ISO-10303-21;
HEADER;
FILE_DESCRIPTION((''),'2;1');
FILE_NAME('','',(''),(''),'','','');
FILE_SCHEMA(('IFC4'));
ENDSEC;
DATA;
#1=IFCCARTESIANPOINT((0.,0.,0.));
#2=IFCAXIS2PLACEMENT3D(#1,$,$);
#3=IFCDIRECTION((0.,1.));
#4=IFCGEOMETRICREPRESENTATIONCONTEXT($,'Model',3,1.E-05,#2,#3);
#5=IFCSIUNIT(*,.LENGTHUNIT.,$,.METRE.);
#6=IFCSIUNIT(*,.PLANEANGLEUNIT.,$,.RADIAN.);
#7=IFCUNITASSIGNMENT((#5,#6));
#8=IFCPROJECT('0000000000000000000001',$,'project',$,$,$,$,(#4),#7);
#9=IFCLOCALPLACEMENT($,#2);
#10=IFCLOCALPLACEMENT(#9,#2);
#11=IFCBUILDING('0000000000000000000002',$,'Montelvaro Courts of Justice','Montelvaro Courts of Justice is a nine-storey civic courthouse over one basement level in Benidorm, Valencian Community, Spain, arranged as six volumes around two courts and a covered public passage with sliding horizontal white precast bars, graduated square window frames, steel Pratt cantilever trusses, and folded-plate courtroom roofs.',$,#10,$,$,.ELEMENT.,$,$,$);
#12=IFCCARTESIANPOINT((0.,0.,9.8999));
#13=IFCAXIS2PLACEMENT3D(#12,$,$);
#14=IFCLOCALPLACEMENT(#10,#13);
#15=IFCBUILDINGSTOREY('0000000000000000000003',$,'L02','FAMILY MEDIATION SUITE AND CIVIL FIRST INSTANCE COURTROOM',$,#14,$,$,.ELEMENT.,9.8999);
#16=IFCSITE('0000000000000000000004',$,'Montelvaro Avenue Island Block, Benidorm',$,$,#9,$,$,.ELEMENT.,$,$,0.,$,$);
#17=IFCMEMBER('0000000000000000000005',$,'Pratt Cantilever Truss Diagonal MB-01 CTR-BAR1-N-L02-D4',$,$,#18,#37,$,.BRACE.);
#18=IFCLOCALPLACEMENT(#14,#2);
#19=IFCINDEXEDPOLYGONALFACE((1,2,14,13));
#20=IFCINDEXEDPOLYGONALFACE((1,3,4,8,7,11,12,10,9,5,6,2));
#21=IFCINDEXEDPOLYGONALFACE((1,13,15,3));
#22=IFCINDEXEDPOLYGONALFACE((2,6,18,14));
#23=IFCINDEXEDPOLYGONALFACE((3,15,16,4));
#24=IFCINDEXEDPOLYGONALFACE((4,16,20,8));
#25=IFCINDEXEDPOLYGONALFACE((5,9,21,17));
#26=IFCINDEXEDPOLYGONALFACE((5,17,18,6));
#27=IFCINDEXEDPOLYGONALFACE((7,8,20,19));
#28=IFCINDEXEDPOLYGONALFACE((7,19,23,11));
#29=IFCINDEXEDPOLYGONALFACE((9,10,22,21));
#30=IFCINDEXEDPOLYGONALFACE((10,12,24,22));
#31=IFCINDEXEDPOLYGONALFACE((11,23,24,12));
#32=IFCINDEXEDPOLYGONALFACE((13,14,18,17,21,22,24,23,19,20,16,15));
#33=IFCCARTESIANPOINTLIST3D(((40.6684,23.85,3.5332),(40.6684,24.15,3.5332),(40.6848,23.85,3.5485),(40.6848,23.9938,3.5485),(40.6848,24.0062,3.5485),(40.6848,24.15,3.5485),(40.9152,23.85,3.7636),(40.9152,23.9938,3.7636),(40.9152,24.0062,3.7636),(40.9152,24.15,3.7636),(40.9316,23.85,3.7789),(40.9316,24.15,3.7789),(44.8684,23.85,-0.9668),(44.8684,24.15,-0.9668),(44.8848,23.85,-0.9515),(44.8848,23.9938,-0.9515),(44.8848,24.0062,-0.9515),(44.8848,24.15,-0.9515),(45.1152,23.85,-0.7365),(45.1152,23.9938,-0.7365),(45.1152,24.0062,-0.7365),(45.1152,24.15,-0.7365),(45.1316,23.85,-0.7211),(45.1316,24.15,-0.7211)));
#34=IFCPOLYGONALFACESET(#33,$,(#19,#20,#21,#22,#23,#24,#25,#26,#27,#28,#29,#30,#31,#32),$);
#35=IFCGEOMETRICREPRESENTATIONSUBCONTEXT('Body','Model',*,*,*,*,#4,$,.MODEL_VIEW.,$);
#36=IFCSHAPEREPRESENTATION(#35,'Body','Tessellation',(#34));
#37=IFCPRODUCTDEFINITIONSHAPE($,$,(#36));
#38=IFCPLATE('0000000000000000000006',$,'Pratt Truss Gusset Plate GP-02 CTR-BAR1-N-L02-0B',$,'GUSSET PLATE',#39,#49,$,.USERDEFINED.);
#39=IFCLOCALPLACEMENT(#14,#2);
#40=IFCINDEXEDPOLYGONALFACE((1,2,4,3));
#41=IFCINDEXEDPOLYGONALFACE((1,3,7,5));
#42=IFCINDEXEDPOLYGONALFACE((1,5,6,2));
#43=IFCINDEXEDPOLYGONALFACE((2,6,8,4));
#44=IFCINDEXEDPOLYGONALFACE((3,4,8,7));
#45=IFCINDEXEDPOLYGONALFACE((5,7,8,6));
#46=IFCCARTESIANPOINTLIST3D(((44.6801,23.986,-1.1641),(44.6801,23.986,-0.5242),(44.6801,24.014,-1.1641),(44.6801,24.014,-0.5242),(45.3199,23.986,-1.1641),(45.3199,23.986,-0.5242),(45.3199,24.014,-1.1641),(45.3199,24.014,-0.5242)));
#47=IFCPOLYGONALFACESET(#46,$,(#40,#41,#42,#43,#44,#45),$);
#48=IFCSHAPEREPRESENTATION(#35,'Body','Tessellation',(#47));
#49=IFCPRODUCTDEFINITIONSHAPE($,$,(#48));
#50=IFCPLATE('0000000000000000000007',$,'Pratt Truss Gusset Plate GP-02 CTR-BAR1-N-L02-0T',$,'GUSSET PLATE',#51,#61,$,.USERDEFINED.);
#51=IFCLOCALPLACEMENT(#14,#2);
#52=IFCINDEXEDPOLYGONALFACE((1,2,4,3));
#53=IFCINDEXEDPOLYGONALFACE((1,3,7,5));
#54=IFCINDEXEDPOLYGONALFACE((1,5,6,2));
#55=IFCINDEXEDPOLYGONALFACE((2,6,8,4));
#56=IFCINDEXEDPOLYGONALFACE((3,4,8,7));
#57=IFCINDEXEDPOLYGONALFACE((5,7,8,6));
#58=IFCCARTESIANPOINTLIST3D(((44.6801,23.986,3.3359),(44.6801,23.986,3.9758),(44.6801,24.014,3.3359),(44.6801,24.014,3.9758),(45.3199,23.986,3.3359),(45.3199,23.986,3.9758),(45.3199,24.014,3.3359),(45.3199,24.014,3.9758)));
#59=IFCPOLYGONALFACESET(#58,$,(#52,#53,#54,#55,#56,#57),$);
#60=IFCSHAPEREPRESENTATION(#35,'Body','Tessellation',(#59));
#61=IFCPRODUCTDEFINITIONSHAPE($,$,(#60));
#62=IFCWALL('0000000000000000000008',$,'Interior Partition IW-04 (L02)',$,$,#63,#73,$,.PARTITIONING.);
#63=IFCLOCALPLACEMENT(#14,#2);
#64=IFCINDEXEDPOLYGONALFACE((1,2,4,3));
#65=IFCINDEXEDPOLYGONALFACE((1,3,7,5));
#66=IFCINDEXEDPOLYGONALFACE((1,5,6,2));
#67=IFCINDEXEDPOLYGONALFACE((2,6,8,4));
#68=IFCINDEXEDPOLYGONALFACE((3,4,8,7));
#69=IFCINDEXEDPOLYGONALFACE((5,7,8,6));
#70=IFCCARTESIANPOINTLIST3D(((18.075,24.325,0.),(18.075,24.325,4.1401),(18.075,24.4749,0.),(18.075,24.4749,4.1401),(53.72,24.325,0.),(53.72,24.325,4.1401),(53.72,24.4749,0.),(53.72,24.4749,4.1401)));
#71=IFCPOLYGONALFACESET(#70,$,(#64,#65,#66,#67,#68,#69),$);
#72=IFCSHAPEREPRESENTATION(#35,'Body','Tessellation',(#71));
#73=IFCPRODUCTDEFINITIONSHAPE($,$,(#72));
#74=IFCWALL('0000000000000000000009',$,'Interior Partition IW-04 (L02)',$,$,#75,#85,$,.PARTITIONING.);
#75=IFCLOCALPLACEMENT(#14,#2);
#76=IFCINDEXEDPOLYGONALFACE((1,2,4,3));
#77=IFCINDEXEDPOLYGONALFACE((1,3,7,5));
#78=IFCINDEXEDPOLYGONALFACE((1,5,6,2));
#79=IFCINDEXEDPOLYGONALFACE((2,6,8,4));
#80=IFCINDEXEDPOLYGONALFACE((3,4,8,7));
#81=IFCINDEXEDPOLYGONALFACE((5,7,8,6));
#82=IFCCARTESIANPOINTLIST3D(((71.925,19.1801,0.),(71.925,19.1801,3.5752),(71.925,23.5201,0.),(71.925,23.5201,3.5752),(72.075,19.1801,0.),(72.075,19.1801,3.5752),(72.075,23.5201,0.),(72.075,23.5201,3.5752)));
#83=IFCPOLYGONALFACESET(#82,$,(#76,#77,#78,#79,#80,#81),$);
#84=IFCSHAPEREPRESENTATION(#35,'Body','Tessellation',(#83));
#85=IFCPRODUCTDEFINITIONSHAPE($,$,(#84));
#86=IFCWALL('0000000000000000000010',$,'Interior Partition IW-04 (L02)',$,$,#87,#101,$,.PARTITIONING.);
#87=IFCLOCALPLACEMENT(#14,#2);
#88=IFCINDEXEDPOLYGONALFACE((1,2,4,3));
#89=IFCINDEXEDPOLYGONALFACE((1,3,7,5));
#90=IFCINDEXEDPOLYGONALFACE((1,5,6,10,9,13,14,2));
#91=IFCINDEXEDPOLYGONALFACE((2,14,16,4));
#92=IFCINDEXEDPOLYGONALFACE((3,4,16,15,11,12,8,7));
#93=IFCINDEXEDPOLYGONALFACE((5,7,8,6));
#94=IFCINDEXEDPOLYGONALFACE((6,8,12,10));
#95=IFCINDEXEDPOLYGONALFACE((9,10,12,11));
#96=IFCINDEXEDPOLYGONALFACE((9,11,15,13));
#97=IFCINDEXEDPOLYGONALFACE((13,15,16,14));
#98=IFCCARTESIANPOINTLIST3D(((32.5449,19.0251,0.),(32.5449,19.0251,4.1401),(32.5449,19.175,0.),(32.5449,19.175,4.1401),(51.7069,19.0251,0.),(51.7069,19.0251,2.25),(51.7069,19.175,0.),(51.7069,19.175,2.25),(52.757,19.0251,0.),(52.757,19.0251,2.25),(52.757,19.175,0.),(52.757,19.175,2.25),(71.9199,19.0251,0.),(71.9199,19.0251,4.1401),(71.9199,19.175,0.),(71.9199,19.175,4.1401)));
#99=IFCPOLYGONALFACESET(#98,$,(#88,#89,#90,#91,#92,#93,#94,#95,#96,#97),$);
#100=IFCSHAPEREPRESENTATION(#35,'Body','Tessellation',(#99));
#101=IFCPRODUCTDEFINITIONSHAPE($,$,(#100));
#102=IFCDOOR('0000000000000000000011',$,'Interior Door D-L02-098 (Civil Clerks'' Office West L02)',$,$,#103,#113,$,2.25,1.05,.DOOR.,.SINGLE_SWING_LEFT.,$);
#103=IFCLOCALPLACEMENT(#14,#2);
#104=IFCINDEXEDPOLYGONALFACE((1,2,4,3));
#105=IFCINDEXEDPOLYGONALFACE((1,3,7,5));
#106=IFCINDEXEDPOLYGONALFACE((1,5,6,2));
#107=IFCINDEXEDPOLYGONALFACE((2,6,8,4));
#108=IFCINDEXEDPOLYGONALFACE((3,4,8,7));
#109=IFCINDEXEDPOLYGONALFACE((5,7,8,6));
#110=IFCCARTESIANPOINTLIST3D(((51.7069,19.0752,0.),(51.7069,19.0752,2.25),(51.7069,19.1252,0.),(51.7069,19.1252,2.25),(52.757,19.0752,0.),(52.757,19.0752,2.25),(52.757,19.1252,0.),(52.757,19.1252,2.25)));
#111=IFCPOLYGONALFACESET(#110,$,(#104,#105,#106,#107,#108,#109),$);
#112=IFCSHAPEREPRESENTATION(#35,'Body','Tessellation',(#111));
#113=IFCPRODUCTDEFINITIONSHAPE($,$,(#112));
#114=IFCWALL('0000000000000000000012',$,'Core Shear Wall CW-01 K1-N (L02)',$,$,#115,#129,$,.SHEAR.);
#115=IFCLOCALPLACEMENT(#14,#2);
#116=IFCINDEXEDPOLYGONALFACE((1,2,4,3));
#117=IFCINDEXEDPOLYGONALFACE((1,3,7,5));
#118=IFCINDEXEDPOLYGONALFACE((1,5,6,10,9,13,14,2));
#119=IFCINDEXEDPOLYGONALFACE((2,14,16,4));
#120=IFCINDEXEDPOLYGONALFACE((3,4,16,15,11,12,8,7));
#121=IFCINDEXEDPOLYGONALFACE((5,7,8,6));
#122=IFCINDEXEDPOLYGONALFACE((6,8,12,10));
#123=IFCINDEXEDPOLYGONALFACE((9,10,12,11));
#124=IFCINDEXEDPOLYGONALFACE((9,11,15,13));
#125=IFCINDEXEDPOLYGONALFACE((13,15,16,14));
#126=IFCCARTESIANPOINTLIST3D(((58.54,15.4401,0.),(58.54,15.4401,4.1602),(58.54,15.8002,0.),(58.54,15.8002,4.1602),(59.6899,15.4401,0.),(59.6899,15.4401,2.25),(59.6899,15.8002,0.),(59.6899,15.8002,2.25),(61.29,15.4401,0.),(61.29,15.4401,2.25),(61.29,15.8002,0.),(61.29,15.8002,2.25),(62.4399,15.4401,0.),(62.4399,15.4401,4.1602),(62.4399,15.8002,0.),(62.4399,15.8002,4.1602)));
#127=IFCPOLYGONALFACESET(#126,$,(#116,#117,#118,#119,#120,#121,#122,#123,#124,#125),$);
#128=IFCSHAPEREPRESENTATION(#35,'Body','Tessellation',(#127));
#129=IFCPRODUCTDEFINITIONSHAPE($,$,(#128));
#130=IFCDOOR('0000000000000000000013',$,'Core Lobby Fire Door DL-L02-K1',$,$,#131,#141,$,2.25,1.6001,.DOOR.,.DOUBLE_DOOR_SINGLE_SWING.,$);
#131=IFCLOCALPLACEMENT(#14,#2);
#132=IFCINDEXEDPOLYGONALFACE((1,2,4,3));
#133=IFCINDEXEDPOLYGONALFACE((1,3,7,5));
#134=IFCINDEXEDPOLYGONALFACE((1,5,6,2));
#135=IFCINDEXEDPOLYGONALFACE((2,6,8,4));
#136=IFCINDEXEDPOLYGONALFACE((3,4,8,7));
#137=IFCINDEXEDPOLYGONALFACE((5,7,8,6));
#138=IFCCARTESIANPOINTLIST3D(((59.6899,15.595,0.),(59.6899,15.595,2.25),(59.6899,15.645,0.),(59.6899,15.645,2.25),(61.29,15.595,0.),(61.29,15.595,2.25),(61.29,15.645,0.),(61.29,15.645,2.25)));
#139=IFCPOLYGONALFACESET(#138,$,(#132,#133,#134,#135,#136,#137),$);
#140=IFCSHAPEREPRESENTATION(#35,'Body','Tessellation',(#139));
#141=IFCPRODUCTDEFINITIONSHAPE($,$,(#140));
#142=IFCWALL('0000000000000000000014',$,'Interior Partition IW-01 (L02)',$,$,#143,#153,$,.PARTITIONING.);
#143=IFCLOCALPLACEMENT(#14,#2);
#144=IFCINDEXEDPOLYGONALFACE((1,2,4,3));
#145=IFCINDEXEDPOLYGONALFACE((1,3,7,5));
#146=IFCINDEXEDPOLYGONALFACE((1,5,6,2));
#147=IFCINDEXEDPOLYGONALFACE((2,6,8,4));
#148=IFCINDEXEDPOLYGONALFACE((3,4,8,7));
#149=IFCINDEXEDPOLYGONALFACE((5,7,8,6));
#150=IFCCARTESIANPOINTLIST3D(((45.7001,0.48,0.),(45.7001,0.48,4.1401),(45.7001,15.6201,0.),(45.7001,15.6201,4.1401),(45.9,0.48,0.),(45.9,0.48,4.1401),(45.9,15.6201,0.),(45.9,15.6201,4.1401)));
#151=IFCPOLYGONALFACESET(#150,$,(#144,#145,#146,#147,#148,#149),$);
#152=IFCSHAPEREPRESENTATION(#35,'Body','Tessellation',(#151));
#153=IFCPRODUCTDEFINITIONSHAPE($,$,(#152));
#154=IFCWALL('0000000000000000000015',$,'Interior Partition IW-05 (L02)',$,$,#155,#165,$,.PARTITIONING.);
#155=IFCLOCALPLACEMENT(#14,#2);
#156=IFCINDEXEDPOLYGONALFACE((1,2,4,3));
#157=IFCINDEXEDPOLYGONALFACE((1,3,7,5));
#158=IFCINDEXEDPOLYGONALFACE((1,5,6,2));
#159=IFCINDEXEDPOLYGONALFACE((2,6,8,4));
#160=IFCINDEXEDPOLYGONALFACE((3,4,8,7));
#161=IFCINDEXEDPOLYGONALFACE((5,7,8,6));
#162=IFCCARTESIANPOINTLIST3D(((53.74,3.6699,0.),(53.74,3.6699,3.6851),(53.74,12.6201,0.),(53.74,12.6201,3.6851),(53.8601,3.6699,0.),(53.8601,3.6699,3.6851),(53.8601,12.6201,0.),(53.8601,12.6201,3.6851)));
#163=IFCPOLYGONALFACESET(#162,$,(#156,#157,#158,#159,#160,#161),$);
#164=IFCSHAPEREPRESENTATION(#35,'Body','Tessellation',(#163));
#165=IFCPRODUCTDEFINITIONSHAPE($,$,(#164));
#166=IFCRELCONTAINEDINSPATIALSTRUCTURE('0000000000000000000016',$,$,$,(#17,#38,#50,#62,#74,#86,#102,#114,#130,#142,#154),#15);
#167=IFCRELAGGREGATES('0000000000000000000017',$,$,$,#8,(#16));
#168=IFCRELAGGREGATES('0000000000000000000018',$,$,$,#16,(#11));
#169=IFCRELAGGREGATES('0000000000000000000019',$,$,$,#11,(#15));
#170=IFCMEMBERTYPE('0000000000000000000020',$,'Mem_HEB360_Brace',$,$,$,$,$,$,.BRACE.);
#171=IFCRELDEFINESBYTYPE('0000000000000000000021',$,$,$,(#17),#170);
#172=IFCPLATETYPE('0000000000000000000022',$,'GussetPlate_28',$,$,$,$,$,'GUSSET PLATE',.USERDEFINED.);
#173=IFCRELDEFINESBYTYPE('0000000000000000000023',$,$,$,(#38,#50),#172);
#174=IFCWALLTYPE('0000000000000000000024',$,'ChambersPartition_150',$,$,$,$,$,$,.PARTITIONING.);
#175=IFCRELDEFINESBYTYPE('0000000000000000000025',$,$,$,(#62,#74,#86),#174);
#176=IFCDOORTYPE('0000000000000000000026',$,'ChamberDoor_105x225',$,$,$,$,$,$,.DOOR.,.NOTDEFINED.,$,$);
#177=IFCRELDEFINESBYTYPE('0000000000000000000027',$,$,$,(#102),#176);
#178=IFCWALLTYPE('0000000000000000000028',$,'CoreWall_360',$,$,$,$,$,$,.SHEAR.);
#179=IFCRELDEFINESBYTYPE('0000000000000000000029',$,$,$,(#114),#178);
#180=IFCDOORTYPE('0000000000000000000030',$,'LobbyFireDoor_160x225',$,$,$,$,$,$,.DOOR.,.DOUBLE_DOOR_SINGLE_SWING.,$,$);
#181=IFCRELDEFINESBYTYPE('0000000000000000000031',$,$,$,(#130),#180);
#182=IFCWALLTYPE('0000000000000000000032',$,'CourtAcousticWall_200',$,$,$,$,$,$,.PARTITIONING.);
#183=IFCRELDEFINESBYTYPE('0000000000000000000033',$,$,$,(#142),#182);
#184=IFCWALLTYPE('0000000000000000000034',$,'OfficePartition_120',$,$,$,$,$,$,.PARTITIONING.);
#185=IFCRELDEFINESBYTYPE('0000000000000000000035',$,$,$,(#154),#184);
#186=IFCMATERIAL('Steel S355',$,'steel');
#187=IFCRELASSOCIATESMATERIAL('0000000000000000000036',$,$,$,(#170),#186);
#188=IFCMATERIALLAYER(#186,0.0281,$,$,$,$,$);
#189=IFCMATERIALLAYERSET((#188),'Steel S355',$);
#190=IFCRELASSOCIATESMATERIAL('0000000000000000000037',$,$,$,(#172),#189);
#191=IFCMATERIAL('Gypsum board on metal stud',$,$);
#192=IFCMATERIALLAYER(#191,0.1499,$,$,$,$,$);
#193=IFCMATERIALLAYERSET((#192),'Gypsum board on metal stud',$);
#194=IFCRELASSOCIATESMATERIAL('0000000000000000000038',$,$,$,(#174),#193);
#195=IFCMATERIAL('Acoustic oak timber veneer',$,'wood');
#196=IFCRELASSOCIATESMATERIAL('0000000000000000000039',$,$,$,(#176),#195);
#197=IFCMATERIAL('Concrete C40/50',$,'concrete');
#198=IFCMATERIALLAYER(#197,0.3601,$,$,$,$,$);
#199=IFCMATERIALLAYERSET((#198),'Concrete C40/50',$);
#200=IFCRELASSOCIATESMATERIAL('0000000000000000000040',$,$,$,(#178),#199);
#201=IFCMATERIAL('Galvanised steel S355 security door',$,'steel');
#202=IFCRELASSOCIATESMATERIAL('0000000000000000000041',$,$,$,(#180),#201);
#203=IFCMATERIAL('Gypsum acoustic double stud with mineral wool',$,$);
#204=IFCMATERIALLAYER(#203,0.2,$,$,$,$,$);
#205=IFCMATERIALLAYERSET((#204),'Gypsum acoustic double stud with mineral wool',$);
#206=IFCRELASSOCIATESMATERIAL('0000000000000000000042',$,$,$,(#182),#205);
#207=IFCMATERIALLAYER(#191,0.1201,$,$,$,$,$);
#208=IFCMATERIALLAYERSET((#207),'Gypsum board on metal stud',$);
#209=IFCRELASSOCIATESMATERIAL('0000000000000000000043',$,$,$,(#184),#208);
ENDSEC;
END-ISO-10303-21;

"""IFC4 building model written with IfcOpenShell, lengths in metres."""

from ifc_helpers import new_model, si_unit, direction, frame, frame_2d, origin, origin_2d, place, context, subcontext, project, spatial, rectangle, i_section, extrude, material, layer, layer_set, material_profile, profile_set, type_object, element, fill, save


model = new_model("IFC4")

# Units and contexts
model_context = context("Model", 3, precision=1e-05, world=origin(), true_north=direction((0.0, 1.0)))
body_context = subcontext(model_context, "Body", "Model", "MODEL_VIEW")
ifc_project = project(units=[si_unit("LENGTHUNIT", "METRE"), si_unit("PLANEANGLEUNIT", "RADIAN")], contexts=[model_context])

# Site, building, storey
site_placement = place(None, origin())
site = spatial("IfcSite", under=ifc_project, at=site_placement, Name="Montelvaro Avenue Island Block, Benidorm", CompositionType="ELEMENT", RefElevation=0.0)
building_placement = place(site_placement, origin())
building = spatial("IfcBuilding", under=site, at=building_placement, Name="Montelvaro Courts of Justice", Description="Montelvaro Courts of Justice is a nine-storey civic courthouse over one basement level in Benidorm, Valencian Community, Spain, arranged as six volumes around two courts and a covered public passage with sliding horizontal white precast bars, graduated square window frames, steel Pratt cantilever trusses, and folded-plate courtroom roofs.", CompositionType="ELEMENT")
storey_placement = place(building_placement, frame((0.0, 0.0, 9.8999)))
storey = spatial("IfcBuildingStorey", under=building, at=storey_placement, Name="L02", Description="FAMILY MEDIATION SUITE AND CIVIL FIRST INSTANCE COURTROOM", CompositionType="ELEMENT", Elevation=9.8999)

# Shared definitions
ifc_material_1 = material(Name="Steel S355", Category="steel")

# Member
ifc_material_profile_1 = material_profile(ifc_material_1, i_section(OverallWidth=0.3, OverallDepth=0.3601, WebThickness=0.0125, FlangeThickness=0.0225, at=origin_2d()), Name="HEB 360")
ifc_profile_set_1 = profile_set([ifc_material_profile_1], Name="Steel S355")
member_type = type_object("IfcMemberType", Name="Mem_HEB360_Brace", PredefinedType="BRACE", material=ifc_profile_set_1)
member_placement = place(storey_placement, frame((45.0, 24.0, -0.844), z_axis=(-0.682314, 0.0, 0.731059), x_axis=(0.0, -1.0, 0.0)))
element("IfcMember", 1, at=member_placement, inside=storey, type_object=member_type, Name="Pratt Cantilever Truss Diagonal MB-01 CTR-BAR1-N-L02-D4", PredefinedType="BRACE", context=body_context, shape_type="SweptSolid", body=[
    extrude(i_section(OverallWidth=0.3, OverallDepth=0.3601, WebThickness=0.0125, FlangeThickness=0.0225, at=origin_2d()), origin(), (0.0, 0.0, 1.0), 6.1555),
])

# Plates
ifc_layer_1 = layer(ifc_material_1, 0.0281)
ifc_layer_set_1 = layer_set([ifc_layer_1], Name="Steel S355")
plate_type = type_object("IfcPlateType", Name="GussetPlate_28", ElementType="GUSSET PLATE", PredefinedType="USERDEFINED", material=ifc_layer_set_1)
for number, where, z_axis, x_axis, name in (
    (2, (45.0, 24.0, -1.1641), (0.0, 0.0, 1.0), (1.0, 0.0, 0.0), "Pratt Truss Gusset Plate GP-02 CTR-BAR1-N-L02-0B"),
    (3, (45.0, 24.0, 3.3359), (0.0, 0.0, 1.0), (1.0, 0.0, 0.0), "Pratt Truss Gusset Plate GP-02 CTR-BAR1-N-L02-0T"),
):
    element("IfcPlate", number, at=place(storey_placement, frame(where, z_axis=z_axis, x_axis=x_axis)), inside=storey, type_object=plate_type, Name=name, ObjectType="GUSSET PLATE", PredefinedType="USERDEFINED", context=body_context, shape_type="SweptSolid", body=[
        extrude(rectangle(XDim=0.6399, YDim=0.0281, at=origin_2d()), origin(), (0.0, 0.0, 1.0), 0.6399),
    ])

# Walls
ifc_material_2 = material(Name="Gypsum board on metal stud")
ifc_layer_2 = layer(ifc_material_2, 0.1499)
ifc_layer_set_2 = layer_set([ifc_layer_2], Name="Gypsum board on metal stud")
wall_type_1 = type_object("IfcWallType", Name="ChambersPartition_150", PredefinedType="PARTITIONING", material=ifc_layer_set_2)
wall_1_placement = place(storey_placement, frame((53.72, 24.3999, 0.0), z_axis=(0.0, 0.0, 1.0), x_axis=(-1.0, 0.0, 0.0)))
element("IfcWall", 4, at=wall_1_placement, inside=storey, type_object=wall_type_1, Name="Interior Partition IW-04 (L02)", PredefinedType="PARTITIONING", context=body_context, shape_type="SweptSolid", body=[
    extrude(rectangle(XDim=35.645, YDim=0.1499, at=frame_2d((17.8225, 0.0))), origin(), (0.0, 0.0, 1.0), 4.1401),
])
wall_2_placement = place(storey_placement, frame((72.0, 23.52, 0.0), z_axis=(0.0, 0.0, 1.0), x_axis=(0.0, -1.0, 0.0)))
element("IfcWall", 5, at=wall_2_placement, inside=storey, type_object=wall_type_1, Name="Interior Partition IW-04 (L02)", PredefinedType="PARTITIONING", context=body_context, shape_type="SweptSolid", body=[
    extrude(rectangle(XDim=4.3401, YDim=0.1499, at=frame_2d((2.1699, 0.0))), origin(), (0.0, 0.0, 1.0), 3.5752),
])

# Walls, openings, doors
wall_3_placement = place(storey_placement, frame((71.9199, 19.1001, 0.0), z_axis=(0.0, 0.0, 1.0), x_axis=(-1.0, 0.0, 0.0)))
wall_3 = element("IfcWall", 6, at=wall_3_placement, inside=storey, type_object=wall_type_1, Name="Interior Partition IW-04 (L02)", PredefinedType="PARTITIONING", context=body_context, shape_type="SweptSolid", body=[
    extrude(rectangle(XDim=39.375, YDim=0.1499, at=frame_2d((19.6875, 0.0))), origin(), (0.0, 0.0, 1.0), 4.1401),
])
opening_1_placement = place(wall_3_placement, frame((19.1631, 0.0, 0.0)))
opening_1 = element("IfcOpeningElement", 7, at=opening_1_placement, cuts=wall_3, PredefinedType="OPENING", context=body_context, shape_type="SweptSolid", body=[
    extrude(rectangle(XDim=1.05, YDim=2.25, at=frame_2d((0.5249, 1.125))), frame((0.0, 0.0898, 0.0), z_axis=(0.0, -1.0, 0.0), x_axis=(1.0, 0.0, 0.0)), (0.0, 0.0, 1.0), 0.1797),
])
ifc_material_3 = material(Name="Acoustic oak timber veneer", Category="wood")
door_type_1 = type_object("IfcDoorType", Name="ChamberDoor_105x225", OperationType="NOTDEFINED", PredefinedType="DOOR", material=ifc_material_3)
door_1_placement = place(opening_1_placement, origin())
door_1 = element("IfcDoor", 8, at=door_1_placement, inside=storey, type_object=door_type_1, Name="Interior Door D-L02-098 (Civil Clerks' Office West L02)", OperationType="SINGLE_SWING_LEFT", OverallHeight=2.25, OverallWidth=1.05, PredefinedType="DOOR", context=body_context, shape_type="SweptSolid", body=[
    extrude(rectangle(XDim=1.05, YDim=2.25, at=frame_2d((0.5249, 1.125))), frame((0.0, 0.0249, 0.0), z_axis=(0.0, -1.0, 0.0), x_axis=(1.0, 0.0, 0.0)), (0.0, 0.0, 1.0), 0.05),
])
fill(opening_1, door_1)
ifc_material_4 = material(Name="Concrete C40/50", Category="concrete")
ifc_layer_3 = layer(ifc_material_4, 0.3601)
ifc_layer_set_3 = layer_set([ifc_layer_3], Name="Concrete C40/50")
wall_type_2 = type_object("IfcWallType", Name="CoreWall_360", PredefinedType="SHEAR", material=ifc_layer_set_3)
wall_4_placement = place(storey_placement, frame((58.54, 15.6201, 0.0), z_axis=(0.0, 0.0, 1.0), x_axis=(1.0, 0.0, 0.0)))
wall_4 = element("IfcWall", 9, at=wall_4_placement, inside=storey, type_object=wall_type_2, Name="Core Shear Wall CW-01 K1-N (L02)", PredefinedType="SHEAR", context=body_context, shape_type="SweptSolid", body=[
    extrude(rectangle(XDim=3.8999, YDim=0.3601, at=frame_2d((1.95, 0.0))), origin(), (0.0, 0.0, 1.0), 4.1602),
])
opening_2_placement = place(wall_4_placement, frame((1.1499, 0.0, 0.0)))
opening_2 = element("IfcOpeningElement", 10, at=opening_2_placement, cuts=wall_4, PredefinedType="OPENING", context=body_context, shape_type="SweptSolid", body=[
    extrude(rectangle(XDim=1.6001, YDim=2.25, at=frame_2d((0.8, 1.125))), frame((0.0, 0.1948, 0.0), z_axis=(0.0, -1.0, 0.0), x_axis=(1.0, 0.0, 0.0)), (0.0, 0.0, 1.0), 0.3899),
])
ifc_material_5 = material(Name="Galvanised steel S355 security door", Category="steel")
door_type_2 = type_object("IfcDoorType", Name="LobbyFireDoor_160x225", OperationType="DOUBLE_DOOR_SINGLE_SWING", PredefinedType="DOOR", material=ifc_material_5)
door_2_placement = place(opening_2_placement, origin())
door_2 = element("IfcDoor", 11, at=door_2_placement, inside=storey, type_object=door_type_2, Name="Core Lobby Fire Door DL-L02-K1", OperationType="DOUBLE_DOOR_SINGLE_SWING", OverallHeight=2.25, OverallWidth=1.6001, PredefinedType="DOOR", context=body_context, shape_type="SweptSolid", body=[
    extrude(rectangle(XDim=1.6001, YDim=2.25, at=frame_2d((0.8, 1.125))), frame((0.0, 0.0249, 0.0), z_axis=(0.0, -1.0, 0.0), x_axis=(1.0, 0.0, 0.0)), (0.0, 0.0, 1.0), 0.05),
])
fill(opening_2, door_2)

# Walls
ifc_material_6 = material(Name="Gypsum acoustic double stud with mineral wool")
ifc_layer_4 = layer(ifc_material_6, 0.2)
ifc_layer_set_4 = layer_set([ifc_layer_4], Name="Gypsum acoustic double stud with mineral wool")
wall_type_3 = type_object("IfcWallType", Name="CourtAcousticWall_200", PredefinedType="PARTITIONING", material=ifc_layer_set_4)
wall_5_placement = place(storey_placement, frame((45.8, 15.6201, 0.0), z_axis=(0.0, 0.0, 1.0), x_axis=(0.0, -1.0, 0.0)))
element("IfcWall", 12, at=wall_5_placement, inside=storey, type_object=wall_type_3, Name="Interior Partition IW-01 (L02)", PredefinedType="PARTITIONING", context=body_context, shape_type="SweptSolid", body=[
    extrude(rectangle(XDim=15.1401, YDim=0.2, at=frame_2d((7.5701, 0.0))), origin(), (0.0, 0.0, 1.0), 4.1401),
])
ifc_layer_5 = layer(ifc_material_2, 0.1201)
ifc_layer_set_5 = layer_set([ifc_layer_5], Name="Gypsum board on metal stud")
wall_type_4 = type_object("IfcWallType", Name="OfficePartition_120", PredefinedType="PARTITIONING", material=ifc_layer_set_5)
wall_6_placement = place(storey_placement, frame((53.8, 12.6201, 0.0), z_axis=(0.0, 0.0, 1.0), x_axis=(0.0, -1.0, 0.0)))
element("IfcWall", 13, at=wall_6_placement, inside=storey, type_object=wall_type_4, Name="Interior Partition IW-05 (L02)", PredefinedType="PARTITIONING", context=body_context, shape_type="SweptSolid", body=[
    extrude(rectangle(XDim=8.9502, YDim=0.1201, at=frame_2d((4.4751, 0.0))), origin(), (0.0, 0.0, 1.0), 3.6851),
])

save(model, "model.ifc")
